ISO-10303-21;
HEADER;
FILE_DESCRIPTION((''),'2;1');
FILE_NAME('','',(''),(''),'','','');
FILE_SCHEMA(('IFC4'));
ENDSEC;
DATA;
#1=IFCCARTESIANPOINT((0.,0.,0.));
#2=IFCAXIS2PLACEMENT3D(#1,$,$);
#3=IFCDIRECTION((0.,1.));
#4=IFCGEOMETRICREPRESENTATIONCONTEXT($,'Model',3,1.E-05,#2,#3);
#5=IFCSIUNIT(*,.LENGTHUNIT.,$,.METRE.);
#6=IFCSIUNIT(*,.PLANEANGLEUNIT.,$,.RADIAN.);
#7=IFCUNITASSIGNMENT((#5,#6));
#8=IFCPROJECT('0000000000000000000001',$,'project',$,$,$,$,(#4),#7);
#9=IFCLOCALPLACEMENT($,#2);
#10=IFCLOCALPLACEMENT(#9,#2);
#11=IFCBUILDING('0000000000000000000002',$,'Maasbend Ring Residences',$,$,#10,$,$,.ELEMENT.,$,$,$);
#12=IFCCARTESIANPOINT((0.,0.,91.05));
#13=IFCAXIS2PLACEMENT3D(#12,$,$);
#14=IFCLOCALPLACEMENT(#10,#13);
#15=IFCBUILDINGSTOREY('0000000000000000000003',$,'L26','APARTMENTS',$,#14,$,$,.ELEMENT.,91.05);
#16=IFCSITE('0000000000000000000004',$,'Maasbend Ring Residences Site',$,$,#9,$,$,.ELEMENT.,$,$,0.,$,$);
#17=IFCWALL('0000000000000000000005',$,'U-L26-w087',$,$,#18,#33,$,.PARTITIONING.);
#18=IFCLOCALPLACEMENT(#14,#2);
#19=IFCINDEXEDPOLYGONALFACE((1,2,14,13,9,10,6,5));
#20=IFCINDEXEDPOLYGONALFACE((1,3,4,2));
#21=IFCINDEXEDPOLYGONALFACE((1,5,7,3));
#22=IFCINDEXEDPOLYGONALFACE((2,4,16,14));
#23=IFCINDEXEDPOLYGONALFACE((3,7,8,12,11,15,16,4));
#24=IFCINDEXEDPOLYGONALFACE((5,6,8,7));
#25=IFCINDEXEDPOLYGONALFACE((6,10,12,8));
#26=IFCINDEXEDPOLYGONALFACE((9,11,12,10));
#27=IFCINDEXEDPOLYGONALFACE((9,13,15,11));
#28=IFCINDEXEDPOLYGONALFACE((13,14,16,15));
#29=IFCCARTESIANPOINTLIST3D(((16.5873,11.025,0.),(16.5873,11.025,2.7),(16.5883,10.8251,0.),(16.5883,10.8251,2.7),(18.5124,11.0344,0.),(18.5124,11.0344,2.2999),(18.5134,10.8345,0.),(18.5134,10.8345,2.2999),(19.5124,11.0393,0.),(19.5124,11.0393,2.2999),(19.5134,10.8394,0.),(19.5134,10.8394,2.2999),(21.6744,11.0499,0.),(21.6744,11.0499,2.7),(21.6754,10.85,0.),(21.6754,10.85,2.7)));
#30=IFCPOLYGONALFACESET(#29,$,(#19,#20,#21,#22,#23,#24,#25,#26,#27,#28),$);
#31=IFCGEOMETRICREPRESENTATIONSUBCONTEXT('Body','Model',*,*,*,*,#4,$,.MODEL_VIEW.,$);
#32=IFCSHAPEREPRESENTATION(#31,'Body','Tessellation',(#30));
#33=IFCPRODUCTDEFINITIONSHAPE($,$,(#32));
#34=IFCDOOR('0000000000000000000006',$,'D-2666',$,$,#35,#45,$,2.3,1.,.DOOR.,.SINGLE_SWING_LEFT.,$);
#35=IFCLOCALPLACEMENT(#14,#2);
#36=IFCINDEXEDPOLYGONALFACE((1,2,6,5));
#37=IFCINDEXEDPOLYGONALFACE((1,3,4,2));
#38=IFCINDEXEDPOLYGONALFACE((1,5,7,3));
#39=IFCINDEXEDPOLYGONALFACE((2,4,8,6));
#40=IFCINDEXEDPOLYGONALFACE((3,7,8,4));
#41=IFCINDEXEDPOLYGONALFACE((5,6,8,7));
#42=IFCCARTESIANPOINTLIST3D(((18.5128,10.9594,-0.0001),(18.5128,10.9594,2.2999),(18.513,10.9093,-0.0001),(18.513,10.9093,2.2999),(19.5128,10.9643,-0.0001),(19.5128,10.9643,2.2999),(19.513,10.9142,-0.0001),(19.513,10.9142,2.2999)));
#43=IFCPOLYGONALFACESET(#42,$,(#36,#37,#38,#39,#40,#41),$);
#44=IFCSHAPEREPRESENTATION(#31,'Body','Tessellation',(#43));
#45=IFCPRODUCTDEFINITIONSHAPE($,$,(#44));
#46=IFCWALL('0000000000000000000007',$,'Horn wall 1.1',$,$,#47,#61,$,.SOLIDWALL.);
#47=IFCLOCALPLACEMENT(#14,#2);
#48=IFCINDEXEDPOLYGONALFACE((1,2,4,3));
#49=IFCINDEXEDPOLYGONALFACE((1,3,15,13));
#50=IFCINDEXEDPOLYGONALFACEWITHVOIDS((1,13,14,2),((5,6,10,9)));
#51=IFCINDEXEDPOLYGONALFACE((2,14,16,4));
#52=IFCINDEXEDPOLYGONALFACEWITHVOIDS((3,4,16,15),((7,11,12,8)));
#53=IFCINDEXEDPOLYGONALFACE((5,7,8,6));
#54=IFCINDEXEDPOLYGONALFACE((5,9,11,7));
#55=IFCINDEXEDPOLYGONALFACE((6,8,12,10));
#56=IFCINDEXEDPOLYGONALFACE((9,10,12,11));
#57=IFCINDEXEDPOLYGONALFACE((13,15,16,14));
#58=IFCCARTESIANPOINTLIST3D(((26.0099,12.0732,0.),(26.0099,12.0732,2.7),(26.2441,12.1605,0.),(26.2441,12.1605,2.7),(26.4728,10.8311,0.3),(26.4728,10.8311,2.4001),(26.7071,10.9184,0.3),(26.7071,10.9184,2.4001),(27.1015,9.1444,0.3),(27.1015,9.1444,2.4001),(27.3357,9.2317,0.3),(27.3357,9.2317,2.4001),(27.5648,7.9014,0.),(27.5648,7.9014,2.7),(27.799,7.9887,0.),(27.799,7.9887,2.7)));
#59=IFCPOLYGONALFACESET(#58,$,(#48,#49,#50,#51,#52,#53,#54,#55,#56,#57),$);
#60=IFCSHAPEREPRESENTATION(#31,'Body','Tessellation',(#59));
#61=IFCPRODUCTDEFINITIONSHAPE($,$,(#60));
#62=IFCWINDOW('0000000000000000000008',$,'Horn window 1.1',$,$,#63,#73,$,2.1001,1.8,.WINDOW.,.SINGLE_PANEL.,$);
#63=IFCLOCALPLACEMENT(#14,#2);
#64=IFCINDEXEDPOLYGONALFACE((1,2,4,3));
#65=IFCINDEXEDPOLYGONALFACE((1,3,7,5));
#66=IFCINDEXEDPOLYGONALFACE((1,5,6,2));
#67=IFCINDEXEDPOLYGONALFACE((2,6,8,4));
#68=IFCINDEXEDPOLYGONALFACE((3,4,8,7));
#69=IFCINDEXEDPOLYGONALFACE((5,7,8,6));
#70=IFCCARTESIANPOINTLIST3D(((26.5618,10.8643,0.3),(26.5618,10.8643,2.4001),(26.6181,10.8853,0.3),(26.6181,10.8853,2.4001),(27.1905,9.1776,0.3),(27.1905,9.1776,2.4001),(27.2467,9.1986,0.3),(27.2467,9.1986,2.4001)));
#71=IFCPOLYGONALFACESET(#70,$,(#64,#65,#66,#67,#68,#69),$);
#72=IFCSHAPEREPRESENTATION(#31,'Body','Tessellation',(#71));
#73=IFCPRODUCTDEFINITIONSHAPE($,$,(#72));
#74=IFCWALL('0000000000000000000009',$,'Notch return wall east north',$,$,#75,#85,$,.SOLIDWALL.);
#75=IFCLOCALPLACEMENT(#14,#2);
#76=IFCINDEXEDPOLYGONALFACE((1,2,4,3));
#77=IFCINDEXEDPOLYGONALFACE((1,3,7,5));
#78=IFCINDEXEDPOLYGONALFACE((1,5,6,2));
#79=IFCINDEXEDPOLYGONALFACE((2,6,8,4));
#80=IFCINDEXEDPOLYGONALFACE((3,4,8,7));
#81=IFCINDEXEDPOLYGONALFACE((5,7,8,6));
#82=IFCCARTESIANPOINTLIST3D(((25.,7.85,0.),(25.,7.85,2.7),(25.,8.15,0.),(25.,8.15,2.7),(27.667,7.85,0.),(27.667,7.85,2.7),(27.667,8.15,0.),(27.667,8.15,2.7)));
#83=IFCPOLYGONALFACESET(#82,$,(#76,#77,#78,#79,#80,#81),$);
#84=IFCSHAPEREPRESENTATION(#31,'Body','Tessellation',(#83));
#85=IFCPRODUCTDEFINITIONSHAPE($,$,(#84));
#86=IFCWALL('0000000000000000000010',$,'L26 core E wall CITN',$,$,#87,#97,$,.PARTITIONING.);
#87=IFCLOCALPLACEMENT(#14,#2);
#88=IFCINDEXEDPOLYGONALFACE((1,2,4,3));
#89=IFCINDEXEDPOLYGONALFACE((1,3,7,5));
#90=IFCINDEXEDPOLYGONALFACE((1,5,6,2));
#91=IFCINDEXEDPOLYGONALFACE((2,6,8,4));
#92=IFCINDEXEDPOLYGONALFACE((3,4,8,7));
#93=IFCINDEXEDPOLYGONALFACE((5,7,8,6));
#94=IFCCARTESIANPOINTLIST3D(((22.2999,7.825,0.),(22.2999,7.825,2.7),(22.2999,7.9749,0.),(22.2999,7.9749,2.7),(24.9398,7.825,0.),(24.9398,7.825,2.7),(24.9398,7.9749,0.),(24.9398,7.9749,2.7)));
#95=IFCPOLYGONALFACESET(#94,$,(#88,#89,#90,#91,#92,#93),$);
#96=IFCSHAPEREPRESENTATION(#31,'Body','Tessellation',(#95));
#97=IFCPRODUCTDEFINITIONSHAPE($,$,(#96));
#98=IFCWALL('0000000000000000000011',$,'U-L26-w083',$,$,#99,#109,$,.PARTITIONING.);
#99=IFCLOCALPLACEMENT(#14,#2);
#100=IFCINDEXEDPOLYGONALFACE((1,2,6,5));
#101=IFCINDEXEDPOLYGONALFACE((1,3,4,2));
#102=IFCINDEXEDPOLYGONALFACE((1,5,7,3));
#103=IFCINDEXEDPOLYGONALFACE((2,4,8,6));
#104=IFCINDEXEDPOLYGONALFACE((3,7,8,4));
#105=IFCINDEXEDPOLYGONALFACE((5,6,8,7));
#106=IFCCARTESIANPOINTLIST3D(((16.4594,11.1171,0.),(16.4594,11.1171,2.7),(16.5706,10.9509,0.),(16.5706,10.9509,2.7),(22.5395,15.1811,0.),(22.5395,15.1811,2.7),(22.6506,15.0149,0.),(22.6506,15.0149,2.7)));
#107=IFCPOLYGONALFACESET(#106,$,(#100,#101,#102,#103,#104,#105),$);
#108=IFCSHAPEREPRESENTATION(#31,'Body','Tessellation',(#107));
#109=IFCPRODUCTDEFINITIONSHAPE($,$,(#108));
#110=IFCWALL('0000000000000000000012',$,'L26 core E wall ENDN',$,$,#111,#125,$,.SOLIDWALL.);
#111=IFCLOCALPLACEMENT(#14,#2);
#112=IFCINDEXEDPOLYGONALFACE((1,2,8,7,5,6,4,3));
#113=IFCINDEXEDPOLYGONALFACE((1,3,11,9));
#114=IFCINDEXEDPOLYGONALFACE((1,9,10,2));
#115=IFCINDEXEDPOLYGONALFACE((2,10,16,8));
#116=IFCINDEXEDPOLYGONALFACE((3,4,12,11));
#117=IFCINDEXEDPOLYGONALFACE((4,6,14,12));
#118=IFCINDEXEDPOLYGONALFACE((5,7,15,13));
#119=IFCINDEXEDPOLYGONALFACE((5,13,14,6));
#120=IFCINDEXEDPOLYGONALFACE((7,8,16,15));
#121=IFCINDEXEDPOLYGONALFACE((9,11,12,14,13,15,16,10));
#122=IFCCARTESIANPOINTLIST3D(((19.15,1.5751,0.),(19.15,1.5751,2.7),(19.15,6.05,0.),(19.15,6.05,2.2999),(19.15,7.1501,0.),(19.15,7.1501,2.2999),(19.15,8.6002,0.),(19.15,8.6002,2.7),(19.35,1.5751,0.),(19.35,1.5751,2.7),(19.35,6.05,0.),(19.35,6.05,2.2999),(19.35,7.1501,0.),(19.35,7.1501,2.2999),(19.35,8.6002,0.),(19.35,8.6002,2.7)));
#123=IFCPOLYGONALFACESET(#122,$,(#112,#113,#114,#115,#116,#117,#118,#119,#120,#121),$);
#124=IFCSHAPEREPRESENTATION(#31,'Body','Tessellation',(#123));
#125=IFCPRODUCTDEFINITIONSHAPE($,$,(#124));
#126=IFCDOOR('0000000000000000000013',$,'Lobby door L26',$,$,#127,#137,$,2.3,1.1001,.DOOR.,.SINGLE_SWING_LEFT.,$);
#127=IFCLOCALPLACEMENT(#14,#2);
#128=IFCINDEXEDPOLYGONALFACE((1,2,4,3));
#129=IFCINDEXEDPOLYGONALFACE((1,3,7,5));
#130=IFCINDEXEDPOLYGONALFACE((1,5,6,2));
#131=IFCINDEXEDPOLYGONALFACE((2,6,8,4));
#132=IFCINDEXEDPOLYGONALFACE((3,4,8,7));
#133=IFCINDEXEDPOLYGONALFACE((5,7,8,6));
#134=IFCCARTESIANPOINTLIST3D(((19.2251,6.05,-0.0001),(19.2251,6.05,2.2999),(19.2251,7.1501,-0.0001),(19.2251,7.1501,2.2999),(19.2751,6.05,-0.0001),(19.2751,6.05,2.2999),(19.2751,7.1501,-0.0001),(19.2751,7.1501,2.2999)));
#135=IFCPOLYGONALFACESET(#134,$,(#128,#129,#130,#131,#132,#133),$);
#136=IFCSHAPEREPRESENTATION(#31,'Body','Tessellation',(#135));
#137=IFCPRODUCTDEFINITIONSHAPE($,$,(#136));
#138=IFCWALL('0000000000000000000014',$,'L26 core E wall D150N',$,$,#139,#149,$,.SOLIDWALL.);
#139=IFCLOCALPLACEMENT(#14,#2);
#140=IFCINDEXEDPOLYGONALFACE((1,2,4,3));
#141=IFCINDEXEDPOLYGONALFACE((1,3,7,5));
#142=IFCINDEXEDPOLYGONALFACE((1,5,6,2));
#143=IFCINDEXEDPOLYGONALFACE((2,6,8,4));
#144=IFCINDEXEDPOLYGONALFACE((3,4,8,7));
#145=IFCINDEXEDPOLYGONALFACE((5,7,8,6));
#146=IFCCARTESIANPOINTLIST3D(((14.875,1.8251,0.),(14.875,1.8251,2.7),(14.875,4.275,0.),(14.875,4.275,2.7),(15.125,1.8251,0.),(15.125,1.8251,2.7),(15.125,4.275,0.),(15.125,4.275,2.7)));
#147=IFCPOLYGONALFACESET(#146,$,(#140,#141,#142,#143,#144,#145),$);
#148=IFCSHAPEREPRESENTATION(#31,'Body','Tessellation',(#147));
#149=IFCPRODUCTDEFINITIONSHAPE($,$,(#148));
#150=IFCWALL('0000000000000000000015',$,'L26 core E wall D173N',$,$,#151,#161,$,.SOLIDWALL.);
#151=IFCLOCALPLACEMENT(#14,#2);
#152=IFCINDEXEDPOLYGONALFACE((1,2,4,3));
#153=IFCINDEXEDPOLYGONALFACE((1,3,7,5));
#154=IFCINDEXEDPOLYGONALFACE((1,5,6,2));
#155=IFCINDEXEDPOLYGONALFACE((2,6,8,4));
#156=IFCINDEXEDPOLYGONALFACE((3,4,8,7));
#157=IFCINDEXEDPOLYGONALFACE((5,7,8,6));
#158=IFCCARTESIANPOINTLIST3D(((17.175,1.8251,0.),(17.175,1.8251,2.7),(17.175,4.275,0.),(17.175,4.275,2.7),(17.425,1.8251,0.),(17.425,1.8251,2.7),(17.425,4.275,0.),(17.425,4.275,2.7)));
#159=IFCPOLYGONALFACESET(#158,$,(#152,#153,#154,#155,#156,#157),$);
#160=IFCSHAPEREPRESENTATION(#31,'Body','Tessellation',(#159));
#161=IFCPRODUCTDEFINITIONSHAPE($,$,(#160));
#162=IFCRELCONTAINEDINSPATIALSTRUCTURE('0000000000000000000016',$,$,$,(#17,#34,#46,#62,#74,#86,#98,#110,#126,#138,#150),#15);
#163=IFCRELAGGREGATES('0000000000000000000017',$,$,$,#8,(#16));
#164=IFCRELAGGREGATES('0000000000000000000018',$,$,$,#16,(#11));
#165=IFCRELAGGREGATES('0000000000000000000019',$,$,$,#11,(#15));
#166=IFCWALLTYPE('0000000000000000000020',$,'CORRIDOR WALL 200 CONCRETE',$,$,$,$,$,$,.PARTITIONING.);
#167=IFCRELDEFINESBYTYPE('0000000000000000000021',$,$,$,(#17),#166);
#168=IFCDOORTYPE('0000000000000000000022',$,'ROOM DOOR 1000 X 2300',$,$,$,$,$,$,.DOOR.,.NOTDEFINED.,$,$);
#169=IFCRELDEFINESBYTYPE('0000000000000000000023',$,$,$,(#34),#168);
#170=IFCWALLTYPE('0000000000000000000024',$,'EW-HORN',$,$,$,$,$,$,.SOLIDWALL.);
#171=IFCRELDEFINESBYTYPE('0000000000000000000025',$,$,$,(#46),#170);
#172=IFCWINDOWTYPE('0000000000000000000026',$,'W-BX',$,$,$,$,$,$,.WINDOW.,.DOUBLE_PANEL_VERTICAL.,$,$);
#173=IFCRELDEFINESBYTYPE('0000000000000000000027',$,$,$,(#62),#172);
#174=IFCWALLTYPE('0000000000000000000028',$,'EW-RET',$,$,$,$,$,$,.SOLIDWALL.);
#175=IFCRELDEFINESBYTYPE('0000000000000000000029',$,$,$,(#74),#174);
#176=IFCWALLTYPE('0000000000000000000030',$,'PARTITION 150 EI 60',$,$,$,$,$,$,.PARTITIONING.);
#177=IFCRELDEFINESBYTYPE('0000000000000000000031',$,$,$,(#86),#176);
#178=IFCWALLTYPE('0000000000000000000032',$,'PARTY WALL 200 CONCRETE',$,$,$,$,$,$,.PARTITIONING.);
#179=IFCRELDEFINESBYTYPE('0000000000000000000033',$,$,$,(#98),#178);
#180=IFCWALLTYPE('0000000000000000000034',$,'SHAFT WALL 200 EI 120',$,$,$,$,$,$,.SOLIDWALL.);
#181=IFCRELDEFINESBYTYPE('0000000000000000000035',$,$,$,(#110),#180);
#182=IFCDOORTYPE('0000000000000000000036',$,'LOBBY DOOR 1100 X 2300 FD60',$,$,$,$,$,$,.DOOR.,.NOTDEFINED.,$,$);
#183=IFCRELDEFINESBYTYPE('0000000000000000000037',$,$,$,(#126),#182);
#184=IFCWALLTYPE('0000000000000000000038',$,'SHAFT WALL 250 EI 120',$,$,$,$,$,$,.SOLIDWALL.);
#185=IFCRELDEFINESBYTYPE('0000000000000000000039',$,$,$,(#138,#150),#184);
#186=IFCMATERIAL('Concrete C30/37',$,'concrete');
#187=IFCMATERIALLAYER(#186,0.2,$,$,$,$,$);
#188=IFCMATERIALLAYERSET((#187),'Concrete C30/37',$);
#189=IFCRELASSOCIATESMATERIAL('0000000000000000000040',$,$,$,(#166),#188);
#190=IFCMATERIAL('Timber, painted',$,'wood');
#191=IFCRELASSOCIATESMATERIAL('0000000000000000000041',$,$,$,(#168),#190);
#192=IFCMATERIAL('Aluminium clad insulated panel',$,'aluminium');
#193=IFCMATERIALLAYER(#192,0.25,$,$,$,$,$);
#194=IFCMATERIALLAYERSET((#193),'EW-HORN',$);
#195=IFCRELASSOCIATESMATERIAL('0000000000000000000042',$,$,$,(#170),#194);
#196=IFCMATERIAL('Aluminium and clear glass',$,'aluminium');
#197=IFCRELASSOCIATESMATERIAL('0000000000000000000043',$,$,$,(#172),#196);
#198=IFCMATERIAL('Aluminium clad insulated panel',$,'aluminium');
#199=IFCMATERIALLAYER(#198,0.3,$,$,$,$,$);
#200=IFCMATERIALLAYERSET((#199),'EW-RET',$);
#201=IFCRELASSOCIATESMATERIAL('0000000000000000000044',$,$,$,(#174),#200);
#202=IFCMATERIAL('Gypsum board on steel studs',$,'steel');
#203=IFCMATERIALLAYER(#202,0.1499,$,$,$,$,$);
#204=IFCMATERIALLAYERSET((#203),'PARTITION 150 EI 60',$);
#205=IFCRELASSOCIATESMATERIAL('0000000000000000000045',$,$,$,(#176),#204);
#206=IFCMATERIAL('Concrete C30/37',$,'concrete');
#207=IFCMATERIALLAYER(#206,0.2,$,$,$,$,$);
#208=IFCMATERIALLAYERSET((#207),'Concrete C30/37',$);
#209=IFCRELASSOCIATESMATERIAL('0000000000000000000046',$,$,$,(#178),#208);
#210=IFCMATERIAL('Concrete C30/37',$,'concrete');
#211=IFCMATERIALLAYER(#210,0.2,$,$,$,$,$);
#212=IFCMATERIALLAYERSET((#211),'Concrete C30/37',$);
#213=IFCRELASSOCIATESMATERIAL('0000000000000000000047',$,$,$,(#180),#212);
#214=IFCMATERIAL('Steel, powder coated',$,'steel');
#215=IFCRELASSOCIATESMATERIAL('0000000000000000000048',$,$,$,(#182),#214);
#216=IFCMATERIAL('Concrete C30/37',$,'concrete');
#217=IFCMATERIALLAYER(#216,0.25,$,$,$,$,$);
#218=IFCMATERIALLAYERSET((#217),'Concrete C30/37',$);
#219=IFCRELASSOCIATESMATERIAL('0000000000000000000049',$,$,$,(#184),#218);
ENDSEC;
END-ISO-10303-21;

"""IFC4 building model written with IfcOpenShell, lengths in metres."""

from ifc_helpers import new_model, si_unit, direction, frame, frame_2d, origin, place, context, subcontext, project, spatial, rectangle, extrude, material, layer, layer_set, type_object, element, fill, save


model = new_model("IFC4")

# Units and contexts
model_context = context("Model", 3, precision=1e-05, world=origin(), true_north=direction((0.0, 1.0)))
body_context = subcontext(model_context, "Body", "Model", "MODEL_VIEW")
ifc_project = project(units=[si_unit("LENGTHUNIT", "METRE"), si_unit("PLANEANGLEUNIT", "RADIAN")], contexts=[model_context])

# Site, building, storey
site_placement = place(None, origin())
site = spatial("IfcSite", under=ifc_project, at=site_placement, Name="Maasbend Ring Residences Site", CompositionType="ELEMENT", RefElevation=0.0)
building_placement = place(site_placement, origin())
building = spatial("IfcBuilding", under=site, at=building_placement, Name="Maasbend Ring Residences", CompositionType="ELEMENT")
storey_placement = place(building_placement, frame((0.0, 0.0, 91.05)))
storey = spatial("IfcBuildingStorey", under=building, at=storey_placement, Name="L26", Description="APARTMENTS", CompositionType="ELEMENT", Elevation=91.05)

# Shared definitions
ifc_material_1 = material(Name="Concrete C30/37", Category="concrete")
ifc_layer_1 = layer(ifc_material_1, 0.2)
ifc_layer_set_1 = layer_set([ifc_layer_1], Name="Concrete C30/37")
wall_type_1 = type_object("IfcWallType", Name="CORRIDOR WALL 200 CONCRETE", PredefinedType="PARTITIONING", material=ifc_layer_set_1)

# Wall, opening, door
wall_1_placement = place(storey_placement, frame((16.5879, 10.925, 0.0), z_axis=(0.0, 0.0, 1.0), x_axis=(0.999988, 0.004895, 0.0)))
wall_1 = element("IfcWall", 1, at=wall_1_placement, inside=storey, type_object=wall_type_1, Name="U-L26-w087", PredefinedType="PARTITIONING", context=body_context, shape_type="SweptSolid", body=[
    extrude(rectangle(XDim=5.0872, YDim=0.2, at=frame_2d((2.5435, 0.0))), origin(), (0.0, 0.0, 1.0), 2.7),
])
opening_1_placement = place(wall_1_placement, frame((1.925, 0.0, 0.0)))
opening_1 = element("IfcOpeningElement", 2, at=opening_1_placement, cuts=wall_1, PredefinedType="OPENING", context=body_context, shape_type="SweptSolid", body=[
    extrude(rectangle(XDim=1.0, YDim=2.3, at=frame_2d((0.5, 1.1499))), frame((0.0, 0.1099, 0.0), z_axis=(0.0, -1.0, 0.0), x_axis=(1.0, 0.0, 0.0)), (0.0, 0.0, 1.0), 0.22),
])
ifc_material_2 = material(Name="Timber, painted", Category="wood")
door_type_1 = type_object("IfcDoorType", Name="ROOM DOOR 1000 X 2300", OperationType="NOTDEFINED", PredefinedType="DOOR", material=ifc_material_2)
door_1_placement = place(opening_1_placement, origin())
door_1 = element("IfcDoor", 3, at=door_1_placement, inside=storey, type_object=door_type_1, Name="D-2666", OperationType="SINGLE_SWING_LEFT", OverallHeight=2.3, OverallWidth=1.0, PredefinedType="DOOR", context=body_context, shape_type="SweptSolid", body=[
    extrude(rectangle(XDim=1.0, YDim=2.3, at=frame_2d((0.5, 1.1499))), frame((0.0, 0.0249, 0.0), z_axis=(0.0, -1.0, 0.0), x_axis=(1.0, 0.0, 0.0)), (0.0, 0.0, 1.0), 0.05),
])
fill(opening_1, door_1)

# Wall, opening, window
ifc_material_3 = material(Name="Aluminium clad insulated panel", Category="aluminium")
ifc_layer_2 = layer(ifc_material_3, 0.25)
ifc_layer_set_2 = layer_set([ifc_layer_2], Name="EW-HORN")
wall_type_2 = type_object("IfcWallType", Name="EW-HORN", PredefinedType="SOLIDWALL", material=ifc_layer_set_2)
wall_2_placement = place(storey_placement, frame((27.6819, 7.9451, 0.0), z_axis=(0.0, 0.0, 1.0), x_axis=(-0.349248, 0.93703, 0.0)))
wall_2 = element("IfcWall", 4, at=wall_2_placement, inside=storey, type_object=wall_type_2, Name="Horn wall 1.1", PredefinedType="SOLIDWALL", context=body_context, shape_type="SweptSolid", body=[
    extrude(rectangle(XDim=4.4521, YDim=0.25, at=frame_2d((2.2261, 0.0))), origin(), (0.0, 0.0, 1.0), 2.7),
])
opening_2_placement = place(wall_2_placement, frame((1.3267, 0.0, 0.3)))
opening_2 = element("IfcOpeningElement", 5, at=opening_2_placement, cuts=wall_2, PredefinedType="OPENING", context=body_context, shape_type="SweptSolid", body=[
    extrude(rectangle(XDim=1.8, YDim=2.1001, at=frame_2d((0.8999, 1.05))), frame((0.0, 0.135, 0.0), z_axis=(0.0, -1.0, 0.0), x_axis=(1.0, 0.0, 0.0)), (0.0, 0.0, 1.0), 0.27),
])
ifc_material_4 = material(Name="Aluminium and clear glass", Category="aluminium")
window_type = type_object("IfcWindowType", Name="W-BX", PartitioningType="DOUBLE_PANEL_VERTICAL", PredefinedType="WINDOW", material=ifc_material_4)
window_placement = place(opening_2_placement, origin())
window = element("IfcWindow", 6, at=window_placement, inside=storey, type_object=window_type, Name="Horn window 1.1", OverallHeight=2.1001, OverallWidth=1.8, PartitioningType="SINGLE_PANEL", PredefinedType="WINDOW", context=body_context, shape_type="SweptSolid", body=[
    extrude(rectangle(XDim=1.8, YDim=2.1001, at=frame_2d((0.8999, 1.05))), frame((0.0, 0.03, 0.0), z_axis=(0.0, -1.0, 0.0), x_axis=(1.0, 0.0, 0.0)), (0.0, 0.0, 1.0), 0.0601),
])
fill(opening_2, window)

# Walls
ifc_material_5 = material(Name="Aluminium clad insulated panel", Category="aluminium")
ifc_layer_3 = layer(ifc_material_5, 0.3)
ifc_layer_set_3 = layer_set([ifc_layer_3], Name="EW-RET")
wall_type_3 = type_object("IfcWallType", Name="EW-RET", PredefinedType="SOLIDWALL", material=ifc_layer_set_3)
wall_3_placement = place(storey_placement, frame((25.0, 8.0, 0.0), z_axis=(0.0, 0.0, 1.0), x_axis=(1.0, 0.0, 0.0)))
element("IfcWall", 7, at=wall_3_placement, inside=storey, type_object=wall_type_3, Name="Notch return wall east north", PredefinedType="SOLIDWALL", context=body_context, shape_type="SweptSolid", body=[
    extrude(rectangle(XDim=2.667, YDim=0.3, at=frame_2d((1.3335, 0.0))), origin(), (0.0, 0.0, 1.0), 2.7),
])
ifc_material_6 = material(Name="Gypsum board on steel studs", Category="steel")
ifc_layer_4 = layer(ifc_material_6, 0.1499)
ifc_layer_set_4 = layer_set([ifc_layer_4], Name="PARTITION 150 EI 60")
wall_type_4 = type_object("IfcWallType", Name="PARTITION 150 EI 60", PredefinedType="PARTITIONING", material=ifc_layer_set_4)
wall_4_placement = place(storey_placement, frame((22.3, 7.8999, 0.0), z_axis=(0.0, 0.0, 1.0), x_axis=(1.0, 0.0, 0.0)))
element("IfcWall", 8, at=wall_4_placement, inside=storey, type_object=wall_type_4, Name="L26 core E wall CITN", PredefinedType="PARTITIONING", context=body_context, shape_type="SweptSolid", body=[
    extrude(rectangle(XDim=2.6399, YDim=0.1499, at=frame_2d((1.3198, 0.0))), origin(), (0.0, 0.0, 1.0), 2.7),
])
ifc_material_7 = material(Name="Concrete C30/37", Category="concrete")
ifc_layer_5 = layer(ifc_material_7, 0.2)
ifc_layer_set_5 = layer_set([ifc_layer_5], Name="Concrete C30/37")
wall_type_5 = type_object("IfcWallType", Name="PARTY WALL 200 CONCRETE", PredefinedType="PARTITIONING", material=ifc_layer_set_5)
wall_5_placement = place(storey_placement, frame((16.5149, 11.0339, 0.0), z_axis=(0.0, 0.0, 1.0), x_axis=(0.831382, 0.555701, 0.0)))
element("IfcWall", 9, at=wall_5_placement, inside=storey, type_object=wall_type_5, Name="U-L26-w083", PredefinedType="PARTITIONING", context=body_context, shape_type="SweptSolid", body=[
    extrude(rectangle(XDim=7.3132, YDim=0.2, at=frame_2d((3.6567, 0.0))), origin(), (0.0, 0.0, 1.0), 2.7),
])

# Wall, opening, door
ifc_material_8 = material(Name="Concrete C30/37", Category="concrete")
ifc_layer_6 = layer(ifc_material_8, 0.2)
ifc_layer_set_6 = layer_set([ifc_layer_6], Name="Concrete C30/37")
wall_type_6 = type_object("IfcWallType", Name="SHAFT WALL 200 EI 120", PredefinedType="SOLIDWALL", material=ifc_layer_set_6)
wall_6_placement = place(storey_placement, frame((19.25, 1.575, 0.0), z_axis=(0.0, 0.0, 1.0), x_axis=(0.0, 1.0, 0.0)))
wall_6 = element("IfcWall", 10, at=wall_6_placement, inside=storey, type_object=wall_type_6, Name="L26 core E wall ENDN", PredefinedType="SOLIDWALL", context=body_context, shape_type="SweptSolid", body=[
    extrude(rectangle(XDim=7.0251, YDim=0.2, at=frame_2d((3.5127, 0.0))), origin(), (0.0, 0.0, 1.0), 2.7),
])
opening_3_placement = place(wall_6_placement, frame((4.4751, 0.0, 0.0)))
opening_3 = element("IfcOpeningElement", 11, at=opening_3_placement, cuts=wall_6, PredefinedType="OPENING", context=body_context, shape_type="SweptSolid", body=[
    extrude(rectangle(XDim=1.1001, YDim=2.3, at=frame_2d((0.55, 1.1499))), frame((0.0, 0.1099, 0.0), z_axis=(0.0, -1.0, 0.0), x_axis=(1.0, 0.0, 0.0)), (0.0, 0.0, 1.0), 0.22),
])
ifc_material_9 = material(Name="Steel, powder coated", Category="steel")
door_type_2 = type_object("IfcDoorType", Name="LOBBY DOOR 1100 X 2300 FD60", OperationType="NOTDEFINED", PredefinedType="DOOR", material=ifc_material_9)
door_2_placement = place(opening_3_placement, origin())
door_2 = element("IfcDoor", 12, at=door_2_placement, inside=storey, type_object=door_type_2, Name="Lobby door L26", OperationType="SINGLE_SWING_LEFT", OverallHeight=2.3, OverallWidth=1.1001, PredefinedType="DOOR", context=body_context, shape_type="SweptSolid", body=[
    extrude(rectangle(XDim=1.1001, YDim=2.3, at=frame_2d((0.55, 1.1499))), frame((0.0, 0.0249, 0.0), z_axis=(0.0, -1.0, 0.0), x_axis=(1.0, 0.0, 0.0)), (0.0, 0.0, 1.0), 0.05),
])
fill(opening_3, door_2)

# Walls
ifc_material_10 = material(Name="Concrete C30/37", Category="concrete")
ifc_layer_7 = layer(ifc_material_10, 0.25)
ifc_layer_set_7 = layer_set([ifc_layer_7], Name="Concrete C30/37")
wall_type_7 = type_object("IfcWallType", Name="SHAFT WALL 250 EI 120", PredefinedType="SOLIDWALL", material=ifc_layer_set_7)
for number, where, z_axis, x_axis, name in (
    (13, (15.0, 1.825, 0.0), (0.0, 0.0, 1.0), (0.0, 1.0, 0.0), "L26 core E wall D150N"),
    (14, (17.3, 1.825, 0.0), (0.0, 0.0, 1.0), (0.0, 1.0, 0.0), "L26 core E wall D173N"),
):
    element("IfcWall", number, at=place(storey_placement, frame(where, z_axis=z_axis, x_axis=x_axis)), inside=storey, type_object=wall_type_7, Name=name, PredefinedType="SOLIDWALL", context=body_context, shape_type="SweptSolid", body=[
        extrude(rectangle(XDim=2.45, YDim=0.25, at=frame_2d((1.2251, 0.0))), origin(), (0.0, 0.0, 1.0), 2.7),
    ])

save(model, "model.ifc")
